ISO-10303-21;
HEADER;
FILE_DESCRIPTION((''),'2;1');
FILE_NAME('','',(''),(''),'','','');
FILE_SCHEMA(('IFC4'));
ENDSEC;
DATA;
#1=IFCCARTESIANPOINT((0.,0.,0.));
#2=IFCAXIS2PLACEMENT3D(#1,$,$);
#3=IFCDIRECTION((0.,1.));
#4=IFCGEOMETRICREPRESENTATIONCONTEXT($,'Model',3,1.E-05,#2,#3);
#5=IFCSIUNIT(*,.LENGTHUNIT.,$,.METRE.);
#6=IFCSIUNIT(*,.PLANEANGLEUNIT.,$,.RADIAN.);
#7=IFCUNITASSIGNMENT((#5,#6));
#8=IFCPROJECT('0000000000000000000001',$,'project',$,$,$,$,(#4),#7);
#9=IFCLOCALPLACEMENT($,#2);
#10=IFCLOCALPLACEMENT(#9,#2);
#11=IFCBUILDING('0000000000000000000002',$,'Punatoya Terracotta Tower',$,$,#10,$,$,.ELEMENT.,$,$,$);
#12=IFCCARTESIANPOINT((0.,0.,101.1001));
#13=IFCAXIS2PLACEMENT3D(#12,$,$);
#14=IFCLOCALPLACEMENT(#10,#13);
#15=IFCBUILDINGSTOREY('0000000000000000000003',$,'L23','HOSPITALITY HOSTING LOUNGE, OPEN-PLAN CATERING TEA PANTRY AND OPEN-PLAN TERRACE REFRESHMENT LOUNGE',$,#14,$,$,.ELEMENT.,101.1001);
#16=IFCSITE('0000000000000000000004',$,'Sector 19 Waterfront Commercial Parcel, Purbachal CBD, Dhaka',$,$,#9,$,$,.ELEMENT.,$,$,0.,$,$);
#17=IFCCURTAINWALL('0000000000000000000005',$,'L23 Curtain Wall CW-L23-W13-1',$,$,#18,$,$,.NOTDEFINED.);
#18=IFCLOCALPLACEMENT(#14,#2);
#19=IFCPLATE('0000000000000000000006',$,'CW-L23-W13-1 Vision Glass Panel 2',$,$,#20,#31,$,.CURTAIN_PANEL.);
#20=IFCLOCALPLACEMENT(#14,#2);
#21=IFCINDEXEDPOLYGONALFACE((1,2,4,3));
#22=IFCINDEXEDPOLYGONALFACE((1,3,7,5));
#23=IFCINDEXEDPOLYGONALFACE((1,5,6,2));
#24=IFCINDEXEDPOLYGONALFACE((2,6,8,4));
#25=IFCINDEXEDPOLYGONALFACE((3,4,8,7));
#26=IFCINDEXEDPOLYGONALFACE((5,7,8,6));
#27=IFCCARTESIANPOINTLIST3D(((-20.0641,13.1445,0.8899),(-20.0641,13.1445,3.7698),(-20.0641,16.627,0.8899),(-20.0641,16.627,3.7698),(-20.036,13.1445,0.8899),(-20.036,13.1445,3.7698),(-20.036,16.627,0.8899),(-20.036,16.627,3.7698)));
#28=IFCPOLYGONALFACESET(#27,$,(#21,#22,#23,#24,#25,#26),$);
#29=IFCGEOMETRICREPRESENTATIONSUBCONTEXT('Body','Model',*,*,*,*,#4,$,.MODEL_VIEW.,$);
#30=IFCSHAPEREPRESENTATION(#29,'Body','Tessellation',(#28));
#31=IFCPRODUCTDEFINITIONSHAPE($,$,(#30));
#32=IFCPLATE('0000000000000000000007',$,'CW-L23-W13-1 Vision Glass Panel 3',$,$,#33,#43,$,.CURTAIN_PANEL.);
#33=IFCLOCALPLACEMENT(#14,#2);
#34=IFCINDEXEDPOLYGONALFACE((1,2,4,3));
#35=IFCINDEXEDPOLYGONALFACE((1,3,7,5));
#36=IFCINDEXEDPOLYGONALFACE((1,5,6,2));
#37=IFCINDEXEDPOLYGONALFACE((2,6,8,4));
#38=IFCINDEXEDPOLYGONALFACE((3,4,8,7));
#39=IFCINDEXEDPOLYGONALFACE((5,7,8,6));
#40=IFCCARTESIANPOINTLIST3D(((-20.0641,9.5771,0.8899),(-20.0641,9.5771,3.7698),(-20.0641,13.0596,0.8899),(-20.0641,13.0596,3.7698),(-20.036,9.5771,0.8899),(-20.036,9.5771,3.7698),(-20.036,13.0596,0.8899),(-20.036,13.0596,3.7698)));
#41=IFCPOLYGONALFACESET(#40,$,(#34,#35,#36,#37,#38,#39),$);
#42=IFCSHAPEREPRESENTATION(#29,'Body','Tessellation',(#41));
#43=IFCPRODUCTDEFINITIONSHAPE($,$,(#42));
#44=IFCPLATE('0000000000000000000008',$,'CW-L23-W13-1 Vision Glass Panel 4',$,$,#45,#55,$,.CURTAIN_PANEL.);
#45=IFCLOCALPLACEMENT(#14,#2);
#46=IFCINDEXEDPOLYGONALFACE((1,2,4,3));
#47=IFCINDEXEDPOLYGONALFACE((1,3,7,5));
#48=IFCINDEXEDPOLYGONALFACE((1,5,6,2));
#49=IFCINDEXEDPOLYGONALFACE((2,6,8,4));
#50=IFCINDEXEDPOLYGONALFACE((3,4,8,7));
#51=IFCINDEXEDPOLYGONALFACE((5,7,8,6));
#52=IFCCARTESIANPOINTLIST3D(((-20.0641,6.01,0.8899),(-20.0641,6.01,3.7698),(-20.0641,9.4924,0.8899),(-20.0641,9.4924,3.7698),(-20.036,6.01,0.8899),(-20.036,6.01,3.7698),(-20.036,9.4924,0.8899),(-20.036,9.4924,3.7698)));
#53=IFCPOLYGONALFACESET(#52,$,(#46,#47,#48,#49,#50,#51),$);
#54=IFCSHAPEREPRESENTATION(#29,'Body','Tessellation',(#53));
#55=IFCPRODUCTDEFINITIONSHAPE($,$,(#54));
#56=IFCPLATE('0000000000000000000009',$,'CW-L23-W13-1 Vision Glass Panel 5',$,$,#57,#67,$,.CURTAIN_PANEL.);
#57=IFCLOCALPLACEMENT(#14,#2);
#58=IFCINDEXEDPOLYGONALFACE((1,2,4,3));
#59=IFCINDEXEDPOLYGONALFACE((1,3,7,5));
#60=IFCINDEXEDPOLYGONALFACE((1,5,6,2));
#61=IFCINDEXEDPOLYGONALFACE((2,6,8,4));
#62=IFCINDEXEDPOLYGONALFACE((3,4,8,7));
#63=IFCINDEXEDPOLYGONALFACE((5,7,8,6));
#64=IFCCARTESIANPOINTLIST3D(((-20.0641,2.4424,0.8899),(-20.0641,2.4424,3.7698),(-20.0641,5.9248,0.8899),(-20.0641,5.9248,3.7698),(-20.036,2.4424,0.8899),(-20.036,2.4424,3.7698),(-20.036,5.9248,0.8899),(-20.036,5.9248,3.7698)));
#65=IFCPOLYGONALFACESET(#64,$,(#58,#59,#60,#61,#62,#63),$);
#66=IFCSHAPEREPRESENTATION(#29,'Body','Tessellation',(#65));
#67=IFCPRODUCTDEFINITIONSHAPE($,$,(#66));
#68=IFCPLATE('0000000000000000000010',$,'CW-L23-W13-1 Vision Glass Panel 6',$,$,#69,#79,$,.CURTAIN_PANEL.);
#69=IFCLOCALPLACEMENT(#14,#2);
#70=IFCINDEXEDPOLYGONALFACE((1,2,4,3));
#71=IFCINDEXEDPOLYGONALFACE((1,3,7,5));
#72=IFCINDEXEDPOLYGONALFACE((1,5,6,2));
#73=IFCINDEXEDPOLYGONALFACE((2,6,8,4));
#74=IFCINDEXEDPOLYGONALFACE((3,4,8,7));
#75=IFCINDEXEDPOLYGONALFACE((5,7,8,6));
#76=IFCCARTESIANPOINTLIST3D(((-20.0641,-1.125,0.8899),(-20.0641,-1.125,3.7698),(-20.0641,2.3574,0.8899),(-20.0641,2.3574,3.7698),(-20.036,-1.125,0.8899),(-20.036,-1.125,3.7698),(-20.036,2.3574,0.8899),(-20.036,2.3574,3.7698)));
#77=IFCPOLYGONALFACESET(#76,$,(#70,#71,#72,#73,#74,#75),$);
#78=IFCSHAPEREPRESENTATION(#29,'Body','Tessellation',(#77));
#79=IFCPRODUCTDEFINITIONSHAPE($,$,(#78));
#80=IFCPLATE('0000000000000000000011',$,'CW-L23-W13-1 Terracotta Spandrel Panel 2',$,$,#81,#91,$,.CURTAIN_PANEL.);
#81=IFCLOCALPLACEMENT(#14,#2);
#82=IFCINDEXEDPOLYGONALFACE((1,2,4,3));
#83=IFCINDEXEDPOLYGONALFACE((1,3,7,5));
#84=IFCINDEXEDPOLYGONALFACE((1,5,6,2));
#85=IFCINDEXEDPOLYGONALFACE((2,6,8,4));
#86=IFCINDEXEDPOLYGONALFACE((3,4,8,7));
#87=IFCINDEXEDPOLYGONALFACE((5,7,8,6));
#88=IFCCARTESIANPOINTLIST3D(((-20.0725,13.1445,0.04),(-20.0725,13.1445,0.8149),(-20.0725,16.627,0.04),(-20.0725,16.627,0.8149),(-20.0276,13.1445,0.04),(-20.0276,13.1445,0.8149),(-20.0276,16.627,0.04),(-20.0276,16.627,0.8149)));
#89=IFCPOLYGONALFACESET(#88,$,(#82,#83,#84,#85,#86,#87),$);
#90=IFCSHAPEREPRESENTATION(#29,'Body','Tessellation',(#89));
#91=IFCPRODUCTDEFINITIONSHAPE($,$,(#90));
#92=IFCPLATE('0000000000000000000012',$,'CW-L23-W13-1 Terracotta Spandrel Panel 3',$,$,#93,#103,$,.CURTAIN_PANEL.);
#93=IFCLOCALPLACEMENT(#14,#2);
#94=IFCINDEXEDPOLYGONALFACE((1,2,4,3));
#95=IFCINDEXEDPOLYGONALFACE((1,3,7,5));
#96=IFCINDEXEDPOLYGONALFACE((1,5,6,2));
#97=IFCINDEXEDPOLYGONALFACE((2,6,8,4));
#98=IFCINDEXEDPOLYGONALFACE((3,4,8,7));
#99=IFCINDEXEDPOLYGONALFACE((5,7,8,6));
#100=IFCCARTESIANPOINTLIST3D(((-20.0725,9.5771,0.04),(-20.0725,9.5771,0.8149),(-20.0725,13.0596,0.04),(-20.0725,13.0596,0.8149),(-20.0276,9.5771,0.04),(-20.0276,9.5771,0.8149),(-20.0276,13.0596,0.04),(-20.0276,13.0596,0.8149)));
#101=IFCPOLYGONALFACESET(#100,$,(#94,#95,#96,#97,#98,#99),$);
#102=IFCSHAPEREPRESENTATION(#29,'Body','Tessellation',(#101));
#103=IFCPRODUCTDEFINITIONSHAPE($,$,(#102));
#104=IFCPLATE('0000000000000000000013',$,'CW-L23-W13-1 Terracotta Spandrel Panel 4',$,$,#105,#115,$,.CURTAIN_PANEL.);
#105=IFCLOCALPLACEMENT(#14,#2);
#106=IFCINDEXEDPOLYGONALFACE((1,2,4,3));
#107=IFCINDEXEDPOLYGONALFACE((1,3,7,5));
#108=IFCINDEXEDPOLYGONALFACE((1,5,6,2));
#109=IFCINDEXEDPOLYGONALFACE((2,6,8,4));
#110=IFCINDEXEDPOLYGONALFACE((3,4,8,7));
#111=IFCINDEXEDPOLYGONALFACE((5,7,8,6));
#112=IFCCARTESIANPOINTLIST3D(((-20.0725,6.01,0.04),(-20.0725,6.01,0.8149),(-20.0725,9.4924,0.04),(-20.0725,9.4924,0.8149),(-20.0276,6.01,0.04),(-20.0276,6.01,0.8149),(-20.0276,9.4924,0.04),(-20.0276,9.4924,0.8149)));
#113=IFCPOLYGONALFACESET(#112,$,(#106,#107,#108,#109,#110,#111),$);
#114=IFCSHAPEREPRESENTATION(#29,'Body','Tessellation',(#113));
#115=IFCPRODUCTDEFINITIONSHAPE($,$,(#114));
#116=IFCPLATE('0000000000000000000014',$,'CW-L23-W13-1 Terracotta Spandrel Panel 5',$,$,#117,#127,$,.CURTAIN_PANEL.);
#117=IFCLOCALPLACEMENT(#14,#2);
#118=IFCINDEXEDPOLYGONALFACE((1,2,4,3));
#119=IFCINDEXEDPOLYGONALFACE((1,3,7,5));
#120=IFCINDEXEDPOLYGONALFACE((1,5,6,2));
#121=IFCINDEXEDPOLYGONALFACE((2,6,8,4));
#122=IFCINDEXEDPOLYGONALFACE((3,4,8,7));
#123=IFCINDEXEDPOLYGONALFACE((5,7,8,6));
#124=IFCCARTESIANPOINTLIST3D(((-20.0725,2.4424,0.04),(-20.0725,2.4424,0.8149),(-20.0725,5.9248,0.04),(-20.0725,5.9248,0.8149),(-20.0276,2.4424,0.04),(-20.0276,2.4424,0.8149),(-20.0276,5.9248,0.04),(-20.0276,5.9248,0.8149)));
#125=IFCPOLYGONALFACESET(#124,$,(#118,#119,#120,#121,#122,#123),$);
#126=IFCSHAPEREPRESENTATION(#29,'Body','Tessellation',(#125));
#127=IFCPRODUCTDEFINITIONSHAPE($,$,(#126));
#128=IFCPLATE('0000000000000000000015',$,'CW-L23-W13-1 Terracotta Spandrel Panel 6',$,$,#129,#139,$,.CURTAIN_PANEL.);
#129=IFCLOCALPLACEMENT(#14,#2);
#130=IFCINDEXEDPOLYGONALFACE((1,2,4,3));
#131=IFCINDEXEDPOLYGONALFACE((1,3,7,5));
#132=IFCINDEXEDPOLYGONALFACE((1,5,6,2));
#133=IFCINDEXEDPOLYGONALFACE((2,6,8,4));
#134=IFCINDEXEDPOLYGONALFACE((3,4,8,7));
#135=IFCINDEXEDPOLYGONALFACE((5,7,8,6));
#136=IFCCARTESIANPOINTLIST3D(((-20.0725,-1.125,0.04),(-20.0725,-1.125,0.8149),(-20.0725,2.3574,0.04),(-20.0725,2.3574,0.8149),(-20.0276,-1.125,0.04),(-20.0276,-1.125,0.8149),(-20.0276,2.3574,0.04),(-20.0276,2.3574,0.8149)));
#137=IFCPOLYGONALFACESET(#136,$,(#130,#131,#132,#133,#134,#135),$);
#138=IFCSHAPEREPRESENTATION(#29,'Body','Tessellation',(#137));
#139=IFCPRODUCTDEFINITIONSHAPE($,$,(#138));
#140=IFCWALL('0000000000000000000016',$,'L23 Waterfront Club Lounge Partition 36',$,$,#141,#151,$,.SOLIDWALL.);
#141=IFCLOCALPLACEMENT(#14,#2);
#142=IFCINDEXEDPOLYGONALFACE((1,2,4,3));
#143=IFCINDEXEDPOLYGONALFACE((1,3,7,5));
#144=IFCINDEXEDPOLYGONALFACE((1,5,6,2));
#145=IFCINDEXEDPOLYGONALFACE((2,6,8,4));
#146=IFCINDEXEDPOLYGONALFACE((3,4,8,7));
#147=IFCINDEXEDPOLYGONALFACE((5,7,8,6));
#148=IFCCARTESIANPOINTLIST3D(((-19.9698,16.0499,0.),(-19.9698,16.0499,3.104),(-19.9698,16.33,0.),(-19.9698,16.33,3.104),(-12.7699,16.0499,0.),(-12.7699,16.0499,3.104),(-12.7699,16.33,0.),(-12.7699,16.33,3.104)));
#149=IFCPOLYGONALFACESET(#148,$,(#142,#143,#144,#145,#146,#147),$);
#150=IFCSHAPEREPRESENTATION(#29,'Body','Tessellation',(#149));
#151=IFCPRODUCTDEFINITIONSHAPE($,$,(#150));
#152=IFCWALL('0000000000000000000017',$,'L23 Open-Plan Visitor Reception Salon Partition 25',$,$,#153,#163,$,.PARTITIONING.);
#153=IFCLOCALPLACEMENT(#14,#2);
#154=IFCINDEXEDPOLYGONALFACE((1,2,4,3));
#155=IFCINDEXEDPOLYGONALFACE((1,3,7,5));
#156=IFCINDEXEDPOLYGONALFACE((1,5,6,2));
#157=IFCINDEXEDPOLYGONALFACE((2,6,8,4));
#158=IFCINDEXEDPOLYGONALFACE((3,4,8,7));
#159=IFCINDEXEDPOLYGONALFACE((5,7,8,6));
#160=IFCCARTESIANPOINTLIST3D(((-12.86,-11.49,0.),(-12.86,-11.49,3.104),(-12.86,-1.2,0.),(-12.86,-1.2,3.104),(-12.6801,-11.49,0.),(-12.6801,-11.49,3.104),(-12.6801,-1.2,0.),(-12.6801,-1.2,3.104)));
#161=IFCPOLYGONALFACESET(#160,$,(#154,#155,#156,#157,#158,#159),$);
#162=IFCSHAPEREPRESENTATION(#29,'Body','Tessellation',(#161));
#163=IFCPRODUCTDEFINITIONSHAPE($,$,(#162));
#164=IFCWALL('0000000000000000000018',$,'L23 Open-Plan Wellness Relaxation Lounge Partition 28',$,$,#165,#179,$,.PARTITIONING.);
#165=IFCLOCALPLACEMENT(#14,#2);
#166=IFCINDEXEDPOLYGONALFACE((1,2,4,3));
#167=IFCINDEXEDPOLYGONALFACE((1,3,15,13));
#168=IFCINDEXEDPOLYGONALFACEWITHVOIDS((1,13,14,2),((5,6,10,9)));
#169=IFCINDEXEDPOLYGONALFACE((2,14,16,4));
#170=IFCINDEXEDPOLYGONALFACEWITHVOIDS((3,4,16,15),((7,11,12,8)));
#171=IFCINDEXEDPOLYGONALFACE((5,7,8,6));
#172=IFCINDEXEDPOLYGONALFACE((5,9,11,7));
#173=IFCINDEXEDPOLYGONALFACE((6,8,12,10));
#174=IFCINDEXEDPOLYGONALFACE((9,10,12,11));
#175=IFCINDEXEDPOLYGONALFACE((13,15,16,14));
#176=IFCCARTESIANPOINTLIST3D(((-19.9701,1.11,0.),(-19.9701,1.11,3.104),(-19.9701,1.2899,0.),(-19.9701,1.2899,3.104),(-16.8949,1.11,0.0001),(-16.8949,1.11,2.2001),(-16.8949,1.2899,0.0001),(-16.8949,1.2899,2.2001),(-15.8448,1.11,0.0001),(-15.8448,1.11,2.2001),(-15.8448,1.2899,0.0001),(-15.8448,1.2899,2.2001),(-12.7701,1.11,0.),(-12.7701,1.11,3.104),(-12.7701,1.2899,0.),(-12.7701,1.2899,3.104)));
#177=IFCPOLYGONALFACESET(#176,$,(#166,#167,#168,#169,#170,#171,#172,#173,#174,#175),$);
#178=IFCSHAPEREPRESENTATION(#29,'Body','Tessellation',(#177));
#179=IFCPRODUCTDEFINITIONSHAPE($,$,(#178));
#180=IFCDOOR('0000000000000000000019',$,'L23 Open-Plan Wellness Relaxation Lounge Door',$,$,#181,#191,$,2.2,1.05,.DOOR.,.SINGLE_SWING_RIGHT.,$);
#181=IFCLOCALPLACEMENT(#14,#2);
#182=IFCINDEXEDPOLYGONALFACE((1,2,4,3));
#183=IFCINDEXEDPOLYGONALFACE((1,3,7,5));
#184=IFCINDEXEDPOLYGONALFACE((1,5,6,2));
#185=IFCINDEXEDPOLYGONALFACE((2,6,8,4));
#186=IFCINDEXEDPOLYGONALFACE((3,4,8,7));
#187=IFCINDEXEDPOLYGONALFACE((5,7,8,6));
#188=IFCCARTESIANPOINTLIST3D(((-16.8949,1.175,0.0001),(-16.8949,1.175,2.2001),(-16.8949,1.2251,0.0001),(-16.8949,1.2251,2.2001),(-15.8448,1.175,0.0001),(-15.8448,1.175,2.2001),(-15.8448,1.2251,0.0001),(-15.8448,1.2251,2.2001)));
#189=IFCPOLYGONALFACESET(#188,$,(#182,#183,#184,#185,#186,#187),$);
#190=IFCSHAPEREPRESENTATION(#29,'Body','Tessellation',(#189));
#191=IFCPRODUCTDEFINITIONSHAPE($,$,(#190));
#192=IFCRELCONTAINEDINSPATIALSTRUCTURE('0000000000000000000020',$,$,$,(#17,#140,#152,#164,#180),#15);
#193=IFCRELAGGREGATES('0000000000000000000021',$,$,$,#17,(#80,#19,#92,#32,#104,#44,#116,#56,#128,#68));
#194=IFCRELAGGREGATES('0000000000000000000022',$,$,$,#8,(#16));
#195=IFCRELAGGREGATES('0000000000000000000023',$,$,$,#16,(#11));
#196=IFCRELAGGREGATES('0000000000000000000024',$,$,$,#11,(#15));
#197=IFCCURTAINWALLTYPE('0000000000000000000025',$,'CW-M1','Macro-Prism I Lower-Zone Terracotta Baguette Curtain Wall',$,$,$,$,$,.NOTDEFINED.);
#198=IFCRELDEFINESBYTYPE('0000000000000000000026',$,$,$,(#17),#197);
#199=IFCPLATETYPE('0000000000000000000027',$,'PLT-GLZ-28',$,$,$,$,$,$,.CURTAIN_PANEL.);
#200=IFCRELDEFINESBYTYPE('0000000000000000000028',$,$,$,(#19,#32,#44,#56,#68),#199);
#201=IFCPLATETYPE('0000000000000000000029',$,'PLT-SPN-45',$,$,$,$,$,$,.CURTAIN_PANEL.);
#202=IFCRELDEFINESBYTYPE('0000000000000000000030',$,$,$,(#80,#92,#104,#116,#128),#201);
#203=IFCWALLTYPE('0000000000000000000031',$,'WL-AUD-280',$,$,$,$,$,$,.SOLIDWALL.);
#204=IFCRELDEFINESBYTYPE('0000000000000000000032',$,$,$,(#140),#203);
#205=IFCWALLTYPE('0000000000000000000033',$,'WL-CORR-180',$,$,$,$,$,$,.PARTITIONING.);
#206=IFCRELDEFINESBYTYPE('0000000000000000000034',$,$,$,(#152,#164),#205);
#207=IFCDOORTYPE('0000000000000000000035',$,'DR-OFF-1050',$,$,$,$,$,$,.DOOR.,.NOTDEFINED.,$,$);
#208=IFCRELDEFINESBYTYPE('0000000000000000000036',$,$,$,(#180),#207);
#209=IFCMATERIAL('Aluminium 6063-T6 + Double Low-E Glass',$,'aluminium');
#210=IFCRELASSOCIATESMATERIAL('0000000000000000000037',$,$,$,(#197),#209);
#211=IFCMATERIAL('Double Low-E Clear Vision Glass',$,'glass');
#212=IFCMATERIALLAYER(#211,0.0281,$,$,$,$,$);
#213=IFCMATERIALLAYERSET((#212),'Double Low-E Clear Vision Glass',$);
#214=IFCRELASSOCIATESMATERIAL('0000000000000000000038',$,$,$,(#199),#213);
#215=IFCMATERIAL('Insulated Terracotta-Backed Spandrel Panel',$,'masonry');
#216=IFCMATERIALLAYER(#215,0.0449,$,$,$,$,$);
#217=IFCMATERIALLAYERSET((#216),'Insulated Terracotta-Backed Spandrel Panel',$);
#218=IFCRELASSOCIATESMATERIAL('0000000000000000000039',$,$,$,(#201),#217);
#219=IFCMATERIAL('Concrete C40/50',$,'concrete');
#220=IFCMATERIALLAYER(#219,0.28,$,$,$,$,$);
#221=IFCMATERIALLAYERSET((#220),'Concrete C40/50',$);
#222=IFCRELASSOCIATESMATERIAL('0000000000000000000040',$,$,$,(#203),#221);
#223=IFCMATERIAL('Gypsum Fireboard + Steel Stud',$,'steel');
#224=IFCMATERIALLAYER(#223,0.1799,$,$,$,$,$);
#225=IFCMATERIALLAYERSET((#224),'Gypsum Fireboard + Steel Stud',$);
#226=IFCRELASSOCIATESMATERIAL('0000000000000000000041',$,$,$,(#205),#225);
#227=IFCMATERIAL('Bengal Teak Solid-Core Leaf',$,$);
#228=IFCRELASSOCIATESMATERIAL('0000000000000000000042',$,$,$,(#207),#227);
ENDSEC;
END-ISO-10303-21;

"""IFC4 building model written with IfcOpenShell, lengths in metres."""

from ifc_helpers import new_model, si_unit, direction, frame, frame_2d, origin, origin_2d, place, context, subcontext, project, spatial, rectangle, extrude, material, layer, layer_set, type_object, element, fill, aggregate, save


model = new_model("IFC4")

# Units and contexts
model_context = context("Model", 3, precision=1e-05, world=origin(), true_north=direction((0.0, 1.0)))
body_context = subcontext(model_context, "Body", "Model", "MODEL_VIEW")
ifc_project = project(units=[si_unit("LENGTHUNIT", "METRE"), si_unit("PLANEANGLEUNIT", "RADIAN")], contexts=[model_context])

# Site, building, storey
site_placement = place(None, origin())
site = spatial("IfcSite", under=ifc_project, at=site_placement, Name="Sector 19 Waterfront Commercial Parcel, Purbachal CBD, Dhaka", CompositionType="ELEMENT", RefElevation=0.0)
building_placement = place(site_placement, origin())
building = spatial("IfcBuilding", under=site, at=building_placement, Name="Punatoya Terracotta Tower", CompositionType="ELEMENT")
storey_placement = place(building_placement, frame((0.0, 0.0, 101.1001)))
storey = spatial("IfcBuildingStorey", under=building, at=storey_placement, Name="L23", Description="HOSPITALITY HOSTING LOUNGE, OPEN-PLAN CATERING TEA PANTRY AND OPEN-PLAN TERRACE REFRESHMENT LOUNGE", CompositionType="ELEMENT", Elevation=101.1001)

# Curtain wall, plates
ifc_material_1 = material(Name="Aluminium 6063-T6 + Double Low-E Glass", Category="aluminium")
curtain_wall_type = type_object("IfcCurtainWallType", Name="CW-M1", Description="Macro-Prism I Lower-Zone Terracotta Baguette Curtain Wall", PredefinedType="NOTDEFINED", material=ifc_material_1)
curtain_wall_placement = place(storey_placement, origin())
curtain_wall = element("IfcCurtainWall", 1, at=curtain_wall_placement, inside=storey, type_object=curtain_wall_type, Name="L23 Curtain Wall CW-L23-W13-1", PredefinedType="NOTDEFINED")
ifc_material_2 = material(Name="Double Low-E Clear Vision Glass", Category="glass")
ifc_layer_1 = layer(ifc_material_2, 0.0281)
ifc_layer_set_1 = layer_set([ifc_layer_1], Name="Double Low-E Clear Vision Glass")
plate_type_1 = type_object("IfcPlateType", Name="PLT-GLZ-28", PredefinedType="CURTAIN_PANEL", material=ifc_layer_set_1)
plate_1_placement = place(storey_placement, frame((-20.05, 14.8857, 0.8899), z_axis=(0.0, 0.0, 1.0), x_axis=(0.0, -1.0, 0.0)))
plate_1 = element("IfcPlate", 2, at=plate_1_placement, type_object=plate_type_1, Name="CW-L23-W13-1 Vision Glass Panel 2", PredefinedType="CURTAIN_PANEL", context=body_context, shape_type="SweptSolid", body=[
    extrude(rectangle(XDim=3.4824, YDim=0.0281, at=origin_2d()), origin(), (0.0, 0.0, 1.0), 2.8799),
])
plate_2_placement = place(storey_placement, frame((-20.05, 11.3184, 0.8899), z_axis=(0.0, 0.0, 1.0), x_axis=(0.0, -1.0, 0.0)))
plate_2 = element("IfcPlate", 3, at=plate_2_placement, type_object=plate_type_1, Name="CW-L23-W13-1 Vision Glass Panel 3", PredefinedType="CURTAIN_PANEL", context=body_context, shape_type="SweptSolid", body=[
    extrude(rectangle(XDim=3.4824, YDim=0.0281, at=origin_2d()), origin(), (0.0, 0.0, 1.0), 2.8799),
])
plate_3_placement = place(storey_placement, frame((-20.05, 7.7512, 0.8899), z_axis=(0.0, 0.0, 1.0), x_axis=(0.0, -1.0, 0.0)))
plate_3 = element("IfcPlate", 4, at=plate_3_placement, type_object=plate_type_1, Name="CW-L23-W13-1 Vision Glass Panel 4", PredefinedType="CURTAIN_PANEL", context=body_context, shape_type="SweptSolid", body=[
    extrude(rectangle(XDim=3.4824, YDim=0.0281, at=origin_2d()), origin(), (0.0, 0.0, 1.0), 2.8799),
])
plate_4_placement = place(storey_placement, frame((-20.05, 4.1836, 0.8899), z_axis=(0.0, 0.0, 1.0), x_axis=(0.0, -1.0, 0.0)))
plate_4 = element("IfcPlate", 5, at=plate_4_placement, type_object=plate_type_1, Name="CW-L23-W13-1 Vision Glass Panel 5", PredefinedType="CURTAIN_PANEL", context=body_context, shape_type="SweptSolid", body=[
    extrude(rectangle(XDim=3.4824, YDim=0.0281, at=origin_2d()), origin(), (0.0, 0.0, 1.0), 2.8799),
])
plate_5_placement = place(storey_placement, frame((-20.05, 0.6162, 0.8899), z_axis=(0.0, 0.0, 1.0), x_axis=(0.0, -1.0, 0.0)))
plate_5 = element("IfcPlate", 6, at=plate_5_placement, type_object=plate_type_1, Name="CW-L23-W13-1 Vision Glass Panel 6", PredefinedType="CURTAIN_PANEL", context=body_context, shape_type="SweptSolid", body=[
    extrude(rectangle(XDim=3.4824, YDim=0.0281, at=origin_2d()), origin(), (0.0, 0.0, 1.0), 2.8799),
])
ifc_material_3 = material(Name="Insulated Terracotta-Backed Spandrel Panel", Category="masonry")
ifc_layer_2 = layer(ifc_material_3, 0.0449)
ifc_layer_set_2 = layer_set([ifc_layer_2], Name="Insulated Terracotta-Backed Spandrel Panel")
plate_type_2 = type_object("IfcPlateType", Name="PLT-SPN-45", PredefinedType="CURTAIN_PANEL", material=ifc_layer_set_2)
plate_6_placement = place(storey_placement, frame((-20.05, 14.8857, 0.04), z_axis=(0.0, 0.0, 1.0), x_axis=(0.0, -1.0, 0.0)))
plate_6 = element("IfcPlate", 7, at=plate_6_placement, type_object=plate_type_2, Name="CW-L23-W13-1 Terracotta Spandrel Panel 2", PredefinedType="CURTAIN_PANEL", context=body_context, shape_type="SweptSolid", body=[
    extrude(rectangle(XDim=3.4824, YDim=0.0449, at=origin_2d()), origin(), (0.0, 0.0, 1.0), 0.7749),
])
plate_7_placement = place(storey_placement, frame((-20.05, 11.3184, 0.04), z_axis=(0.0, 0.0, 1.0), x_axis=(0.0, -1.0, 0.0)))
plate_7 = element("IfcPlate", 8, at=plate_7_placement, type_object=plate_type_2, Name="CW-L23-W13-1 Terracotta Spandrel Panel 3", PredefinedType="CURTAIN_PANEL", context=body_context, shape_type="SweptSolid", body=[
    extrude(rectangle(XDim=3.4824, YDim=0.0449, at=origin_2d()), origin(), (0.0, 0.0, 1.0), 0.7749),
])
plate_8_placement = place(storey_placement, frame((-20.05, 7.7512, 0.04), z_axis=(0.0, 0.0, 1.0), x_axis=(0.0, -1.0, 0.0)))
plate_8 = element("IfcPlate", 9, at=plate_8_placement, type_object=plate_type_2, Name="CW-L23-W13-1 Terracotta Spandrel Panel 4", PredefinedType="CURTAIN_PANEL", context=body_context, shape_type="SweptSolid", body=[
    extrude(rectangle(XDim=3.4824, YDim=0.0449, at=origin_2d()), origin(), (0.0, 0.0, 1.0), 0.7749),
])
plate_9_placement = place(storey_placement, frame((-20.05, 4.1836, 0.04), z_axis=(0.0, 0.0, 1.0), x_axis=(0.0, -1.0, 0.0)))
plate_9 = element("IfcPlate", 10, at=plate_9_placement, type_object=plate_type_2, Name="CW-L23-W13-1 Terracotta Spandrel Panel 5", PredefinedType="CURTAIN_PANEL", context=body_context, shape_type="SweptSolid", body=[
    extrude(rectangle(XDim=3.4824, YDim=0.0449, at=origin_2d()), origin(), (0.0, 0.0, 1.0), 0.7749),
])
plate_10_placement = place(storey_placement, frame((-20.05, 0.6162, 0.04), z_axis=(0.0, 0.0, 1.0), x_axis=(0.0, -1.0, 0.0)))
plate_10 = element("IfcPlate", 11, at=plate_10_placement, type_object=plate_type_2, Name="CW-L23-W13-1 Terracotta Spandrel Panel 6", PredefinedType="CURTAIN_PANEL", context=body_context, shape_type="SweptSolid", body=[
    extrude(rectangle(XDim=3.4824, YDim=0.0449, at=origin_2d()), origin(), (0.0, 0.0, 1.0), 0.7749),
])
aggregate(curtain_wall, [plate_6, plate_1, plate_7, plate_2, plate_8, plate_3, plate_9, plate_4, plate_10, plate_5])

# Walls
ifc_material_4 = material(Name="Concrete C40/50", Category="concrete")
ifc_layer_3 = layer(ifc_material_4, 0.28)
ifc_layer_set_3 = layer_set([ifc_layer_3], Name="Concrete C40/50")
wall_type_1 = type_object("IfcWallType", Name="WL-AUD-280", PredefinedType="SOLIDWALL", material=ifc_layer_set_3)
wall_1_placement = place(storey_placement, frame((-19.97, 16.1899, 0.0), z_axis=(0.0, 0.0, 1.0), x_axis=(1.0, 0.0, 0.0)))
element("IfcWall", 12, at=wall_1_placement, inside=storey, type_object=wall_type_1, Name="L23 Waterfront Club Lounge Partition 36", PredefinedType="SOLIDWALL", context=body_context, shape_type="SweptSolid", body=[
    extrude(rectangle(XDim=7.2, YDim=0.28, at=frame_2d((3.6001, 0.0))), origin(), (0.0, 0.0, 1.0), 3.104),
])
ifc_material_5 = material(Name="Gypsum Fireboard + Steel Stud", Category="steel")
ifc_layer_4 = layer(ifc_material_5, 0.1799)
ifc_layer_set_4 = layer_set([ifc_layer_4], Name="Gypsum Fireboard + Steel Stud")
wall_type_2 = type_object("IfcWallType", Name="WL-CORR-180", PredefinedType="PARTITIONING", material=ifc_layer_set_4)
wall_2_placement = place(storey_placement, frame((-12.77, -1.2, 0.0), z_axis=(0.0, 0.0, 1.0), x_axis=(0.0, -1.0, 0.0)))
element("IfcWall", 13, at=wall_2_placement, inside=storey, type_object=wall_type_2, Name="L23 Open-Plan Visitor Reception Salon Partition 25", PredefinedType="PARTITIONING", context=body_context, shape_type="SweptSolid", body=[
    extrude(rectangle(XDim=10.29, YDim=0.1799, at=frame_2d((5.145, 0.0))), origin(), (0.0, 0.0, 1.0), 3.104),
])

# Wall, opening, door
wall_3_placement = place(storey_placement, frame((-12.77, 1.2, 0.0), z_axis=(0.0, 0.0, 1.0), x_axis=(-1.0, 0.0, 0.0)))
wall_3 = element("IfcWall", 14, at=wall_3_placement, inside=storey, type_object=wall_type_2, Name="L23 Open-Plan Wellness Relaxation Lounge Partition 28", PredefinedType="PARTITIONING", context=body_context, shape_type="SweptSolid", body=[
    extrude(rectangle(XDim=7.2, YDim=0.1799, at=frame_2d((3.6001, 0.0))), origin(), (0.0, 0.0, 1.0), 3.104),
])
opening_placement = place(wall_3_placement, frame((3.075, 0.0, 0.0)))
opening = element("IfcOpeningElement", 15, at=opening_placement, cuts=wall_3, PredefinedType="OPENING", context=body_context, shape_type="SweptSolid", body=[
    extrude(rectangle(XDim=1.05, YDim=2.2, at=frame_2d((0.5249, 1.1001))), frame((0.0, 0.0999, 0.0), z_axis=(0.0, -1.0, 0.0), x_axis=(1.0, 0.0, 0.0)), (0.0, 0.0, 1.0), 0.2),
])
ifc_material_6 = material(Name="Bengal Teak Solid-Core Leaf")
door_type = type_object("IfcDoorType", Name="DR-OFF-1050", OperationType="NOTDEFINED", PredefinedType="DOOR", material=ifc_material_6)
door_placement = place(opening_placement, origin())
door = element("IfcDoor", 16, at=door_placement, inside=storey, type_object=door_type, Name="L23 Open-Plan Wellness Relaxation Lounge Door", OperationType="SINGLE_SWING_RIGHT", OverallHeight=2.2, OverallWidth=1.05, PredefinedType="DOOR", context=body_context, shape_type="SweptSolid", body=[
    extrude(rectangle(XDim=1.05, YDim=2.2, at=frame_2d((0.5249, 1.1001))), frame((0.0, 0.0249, 0.0), z_axis=(0.0, -1.0, 0.0), x_axis=(1.0, 0.0, 0.0)), (0.0, 0.0, 1.0), 0.05),
])
fill(opening, door)

save(model, "model.ifc")
